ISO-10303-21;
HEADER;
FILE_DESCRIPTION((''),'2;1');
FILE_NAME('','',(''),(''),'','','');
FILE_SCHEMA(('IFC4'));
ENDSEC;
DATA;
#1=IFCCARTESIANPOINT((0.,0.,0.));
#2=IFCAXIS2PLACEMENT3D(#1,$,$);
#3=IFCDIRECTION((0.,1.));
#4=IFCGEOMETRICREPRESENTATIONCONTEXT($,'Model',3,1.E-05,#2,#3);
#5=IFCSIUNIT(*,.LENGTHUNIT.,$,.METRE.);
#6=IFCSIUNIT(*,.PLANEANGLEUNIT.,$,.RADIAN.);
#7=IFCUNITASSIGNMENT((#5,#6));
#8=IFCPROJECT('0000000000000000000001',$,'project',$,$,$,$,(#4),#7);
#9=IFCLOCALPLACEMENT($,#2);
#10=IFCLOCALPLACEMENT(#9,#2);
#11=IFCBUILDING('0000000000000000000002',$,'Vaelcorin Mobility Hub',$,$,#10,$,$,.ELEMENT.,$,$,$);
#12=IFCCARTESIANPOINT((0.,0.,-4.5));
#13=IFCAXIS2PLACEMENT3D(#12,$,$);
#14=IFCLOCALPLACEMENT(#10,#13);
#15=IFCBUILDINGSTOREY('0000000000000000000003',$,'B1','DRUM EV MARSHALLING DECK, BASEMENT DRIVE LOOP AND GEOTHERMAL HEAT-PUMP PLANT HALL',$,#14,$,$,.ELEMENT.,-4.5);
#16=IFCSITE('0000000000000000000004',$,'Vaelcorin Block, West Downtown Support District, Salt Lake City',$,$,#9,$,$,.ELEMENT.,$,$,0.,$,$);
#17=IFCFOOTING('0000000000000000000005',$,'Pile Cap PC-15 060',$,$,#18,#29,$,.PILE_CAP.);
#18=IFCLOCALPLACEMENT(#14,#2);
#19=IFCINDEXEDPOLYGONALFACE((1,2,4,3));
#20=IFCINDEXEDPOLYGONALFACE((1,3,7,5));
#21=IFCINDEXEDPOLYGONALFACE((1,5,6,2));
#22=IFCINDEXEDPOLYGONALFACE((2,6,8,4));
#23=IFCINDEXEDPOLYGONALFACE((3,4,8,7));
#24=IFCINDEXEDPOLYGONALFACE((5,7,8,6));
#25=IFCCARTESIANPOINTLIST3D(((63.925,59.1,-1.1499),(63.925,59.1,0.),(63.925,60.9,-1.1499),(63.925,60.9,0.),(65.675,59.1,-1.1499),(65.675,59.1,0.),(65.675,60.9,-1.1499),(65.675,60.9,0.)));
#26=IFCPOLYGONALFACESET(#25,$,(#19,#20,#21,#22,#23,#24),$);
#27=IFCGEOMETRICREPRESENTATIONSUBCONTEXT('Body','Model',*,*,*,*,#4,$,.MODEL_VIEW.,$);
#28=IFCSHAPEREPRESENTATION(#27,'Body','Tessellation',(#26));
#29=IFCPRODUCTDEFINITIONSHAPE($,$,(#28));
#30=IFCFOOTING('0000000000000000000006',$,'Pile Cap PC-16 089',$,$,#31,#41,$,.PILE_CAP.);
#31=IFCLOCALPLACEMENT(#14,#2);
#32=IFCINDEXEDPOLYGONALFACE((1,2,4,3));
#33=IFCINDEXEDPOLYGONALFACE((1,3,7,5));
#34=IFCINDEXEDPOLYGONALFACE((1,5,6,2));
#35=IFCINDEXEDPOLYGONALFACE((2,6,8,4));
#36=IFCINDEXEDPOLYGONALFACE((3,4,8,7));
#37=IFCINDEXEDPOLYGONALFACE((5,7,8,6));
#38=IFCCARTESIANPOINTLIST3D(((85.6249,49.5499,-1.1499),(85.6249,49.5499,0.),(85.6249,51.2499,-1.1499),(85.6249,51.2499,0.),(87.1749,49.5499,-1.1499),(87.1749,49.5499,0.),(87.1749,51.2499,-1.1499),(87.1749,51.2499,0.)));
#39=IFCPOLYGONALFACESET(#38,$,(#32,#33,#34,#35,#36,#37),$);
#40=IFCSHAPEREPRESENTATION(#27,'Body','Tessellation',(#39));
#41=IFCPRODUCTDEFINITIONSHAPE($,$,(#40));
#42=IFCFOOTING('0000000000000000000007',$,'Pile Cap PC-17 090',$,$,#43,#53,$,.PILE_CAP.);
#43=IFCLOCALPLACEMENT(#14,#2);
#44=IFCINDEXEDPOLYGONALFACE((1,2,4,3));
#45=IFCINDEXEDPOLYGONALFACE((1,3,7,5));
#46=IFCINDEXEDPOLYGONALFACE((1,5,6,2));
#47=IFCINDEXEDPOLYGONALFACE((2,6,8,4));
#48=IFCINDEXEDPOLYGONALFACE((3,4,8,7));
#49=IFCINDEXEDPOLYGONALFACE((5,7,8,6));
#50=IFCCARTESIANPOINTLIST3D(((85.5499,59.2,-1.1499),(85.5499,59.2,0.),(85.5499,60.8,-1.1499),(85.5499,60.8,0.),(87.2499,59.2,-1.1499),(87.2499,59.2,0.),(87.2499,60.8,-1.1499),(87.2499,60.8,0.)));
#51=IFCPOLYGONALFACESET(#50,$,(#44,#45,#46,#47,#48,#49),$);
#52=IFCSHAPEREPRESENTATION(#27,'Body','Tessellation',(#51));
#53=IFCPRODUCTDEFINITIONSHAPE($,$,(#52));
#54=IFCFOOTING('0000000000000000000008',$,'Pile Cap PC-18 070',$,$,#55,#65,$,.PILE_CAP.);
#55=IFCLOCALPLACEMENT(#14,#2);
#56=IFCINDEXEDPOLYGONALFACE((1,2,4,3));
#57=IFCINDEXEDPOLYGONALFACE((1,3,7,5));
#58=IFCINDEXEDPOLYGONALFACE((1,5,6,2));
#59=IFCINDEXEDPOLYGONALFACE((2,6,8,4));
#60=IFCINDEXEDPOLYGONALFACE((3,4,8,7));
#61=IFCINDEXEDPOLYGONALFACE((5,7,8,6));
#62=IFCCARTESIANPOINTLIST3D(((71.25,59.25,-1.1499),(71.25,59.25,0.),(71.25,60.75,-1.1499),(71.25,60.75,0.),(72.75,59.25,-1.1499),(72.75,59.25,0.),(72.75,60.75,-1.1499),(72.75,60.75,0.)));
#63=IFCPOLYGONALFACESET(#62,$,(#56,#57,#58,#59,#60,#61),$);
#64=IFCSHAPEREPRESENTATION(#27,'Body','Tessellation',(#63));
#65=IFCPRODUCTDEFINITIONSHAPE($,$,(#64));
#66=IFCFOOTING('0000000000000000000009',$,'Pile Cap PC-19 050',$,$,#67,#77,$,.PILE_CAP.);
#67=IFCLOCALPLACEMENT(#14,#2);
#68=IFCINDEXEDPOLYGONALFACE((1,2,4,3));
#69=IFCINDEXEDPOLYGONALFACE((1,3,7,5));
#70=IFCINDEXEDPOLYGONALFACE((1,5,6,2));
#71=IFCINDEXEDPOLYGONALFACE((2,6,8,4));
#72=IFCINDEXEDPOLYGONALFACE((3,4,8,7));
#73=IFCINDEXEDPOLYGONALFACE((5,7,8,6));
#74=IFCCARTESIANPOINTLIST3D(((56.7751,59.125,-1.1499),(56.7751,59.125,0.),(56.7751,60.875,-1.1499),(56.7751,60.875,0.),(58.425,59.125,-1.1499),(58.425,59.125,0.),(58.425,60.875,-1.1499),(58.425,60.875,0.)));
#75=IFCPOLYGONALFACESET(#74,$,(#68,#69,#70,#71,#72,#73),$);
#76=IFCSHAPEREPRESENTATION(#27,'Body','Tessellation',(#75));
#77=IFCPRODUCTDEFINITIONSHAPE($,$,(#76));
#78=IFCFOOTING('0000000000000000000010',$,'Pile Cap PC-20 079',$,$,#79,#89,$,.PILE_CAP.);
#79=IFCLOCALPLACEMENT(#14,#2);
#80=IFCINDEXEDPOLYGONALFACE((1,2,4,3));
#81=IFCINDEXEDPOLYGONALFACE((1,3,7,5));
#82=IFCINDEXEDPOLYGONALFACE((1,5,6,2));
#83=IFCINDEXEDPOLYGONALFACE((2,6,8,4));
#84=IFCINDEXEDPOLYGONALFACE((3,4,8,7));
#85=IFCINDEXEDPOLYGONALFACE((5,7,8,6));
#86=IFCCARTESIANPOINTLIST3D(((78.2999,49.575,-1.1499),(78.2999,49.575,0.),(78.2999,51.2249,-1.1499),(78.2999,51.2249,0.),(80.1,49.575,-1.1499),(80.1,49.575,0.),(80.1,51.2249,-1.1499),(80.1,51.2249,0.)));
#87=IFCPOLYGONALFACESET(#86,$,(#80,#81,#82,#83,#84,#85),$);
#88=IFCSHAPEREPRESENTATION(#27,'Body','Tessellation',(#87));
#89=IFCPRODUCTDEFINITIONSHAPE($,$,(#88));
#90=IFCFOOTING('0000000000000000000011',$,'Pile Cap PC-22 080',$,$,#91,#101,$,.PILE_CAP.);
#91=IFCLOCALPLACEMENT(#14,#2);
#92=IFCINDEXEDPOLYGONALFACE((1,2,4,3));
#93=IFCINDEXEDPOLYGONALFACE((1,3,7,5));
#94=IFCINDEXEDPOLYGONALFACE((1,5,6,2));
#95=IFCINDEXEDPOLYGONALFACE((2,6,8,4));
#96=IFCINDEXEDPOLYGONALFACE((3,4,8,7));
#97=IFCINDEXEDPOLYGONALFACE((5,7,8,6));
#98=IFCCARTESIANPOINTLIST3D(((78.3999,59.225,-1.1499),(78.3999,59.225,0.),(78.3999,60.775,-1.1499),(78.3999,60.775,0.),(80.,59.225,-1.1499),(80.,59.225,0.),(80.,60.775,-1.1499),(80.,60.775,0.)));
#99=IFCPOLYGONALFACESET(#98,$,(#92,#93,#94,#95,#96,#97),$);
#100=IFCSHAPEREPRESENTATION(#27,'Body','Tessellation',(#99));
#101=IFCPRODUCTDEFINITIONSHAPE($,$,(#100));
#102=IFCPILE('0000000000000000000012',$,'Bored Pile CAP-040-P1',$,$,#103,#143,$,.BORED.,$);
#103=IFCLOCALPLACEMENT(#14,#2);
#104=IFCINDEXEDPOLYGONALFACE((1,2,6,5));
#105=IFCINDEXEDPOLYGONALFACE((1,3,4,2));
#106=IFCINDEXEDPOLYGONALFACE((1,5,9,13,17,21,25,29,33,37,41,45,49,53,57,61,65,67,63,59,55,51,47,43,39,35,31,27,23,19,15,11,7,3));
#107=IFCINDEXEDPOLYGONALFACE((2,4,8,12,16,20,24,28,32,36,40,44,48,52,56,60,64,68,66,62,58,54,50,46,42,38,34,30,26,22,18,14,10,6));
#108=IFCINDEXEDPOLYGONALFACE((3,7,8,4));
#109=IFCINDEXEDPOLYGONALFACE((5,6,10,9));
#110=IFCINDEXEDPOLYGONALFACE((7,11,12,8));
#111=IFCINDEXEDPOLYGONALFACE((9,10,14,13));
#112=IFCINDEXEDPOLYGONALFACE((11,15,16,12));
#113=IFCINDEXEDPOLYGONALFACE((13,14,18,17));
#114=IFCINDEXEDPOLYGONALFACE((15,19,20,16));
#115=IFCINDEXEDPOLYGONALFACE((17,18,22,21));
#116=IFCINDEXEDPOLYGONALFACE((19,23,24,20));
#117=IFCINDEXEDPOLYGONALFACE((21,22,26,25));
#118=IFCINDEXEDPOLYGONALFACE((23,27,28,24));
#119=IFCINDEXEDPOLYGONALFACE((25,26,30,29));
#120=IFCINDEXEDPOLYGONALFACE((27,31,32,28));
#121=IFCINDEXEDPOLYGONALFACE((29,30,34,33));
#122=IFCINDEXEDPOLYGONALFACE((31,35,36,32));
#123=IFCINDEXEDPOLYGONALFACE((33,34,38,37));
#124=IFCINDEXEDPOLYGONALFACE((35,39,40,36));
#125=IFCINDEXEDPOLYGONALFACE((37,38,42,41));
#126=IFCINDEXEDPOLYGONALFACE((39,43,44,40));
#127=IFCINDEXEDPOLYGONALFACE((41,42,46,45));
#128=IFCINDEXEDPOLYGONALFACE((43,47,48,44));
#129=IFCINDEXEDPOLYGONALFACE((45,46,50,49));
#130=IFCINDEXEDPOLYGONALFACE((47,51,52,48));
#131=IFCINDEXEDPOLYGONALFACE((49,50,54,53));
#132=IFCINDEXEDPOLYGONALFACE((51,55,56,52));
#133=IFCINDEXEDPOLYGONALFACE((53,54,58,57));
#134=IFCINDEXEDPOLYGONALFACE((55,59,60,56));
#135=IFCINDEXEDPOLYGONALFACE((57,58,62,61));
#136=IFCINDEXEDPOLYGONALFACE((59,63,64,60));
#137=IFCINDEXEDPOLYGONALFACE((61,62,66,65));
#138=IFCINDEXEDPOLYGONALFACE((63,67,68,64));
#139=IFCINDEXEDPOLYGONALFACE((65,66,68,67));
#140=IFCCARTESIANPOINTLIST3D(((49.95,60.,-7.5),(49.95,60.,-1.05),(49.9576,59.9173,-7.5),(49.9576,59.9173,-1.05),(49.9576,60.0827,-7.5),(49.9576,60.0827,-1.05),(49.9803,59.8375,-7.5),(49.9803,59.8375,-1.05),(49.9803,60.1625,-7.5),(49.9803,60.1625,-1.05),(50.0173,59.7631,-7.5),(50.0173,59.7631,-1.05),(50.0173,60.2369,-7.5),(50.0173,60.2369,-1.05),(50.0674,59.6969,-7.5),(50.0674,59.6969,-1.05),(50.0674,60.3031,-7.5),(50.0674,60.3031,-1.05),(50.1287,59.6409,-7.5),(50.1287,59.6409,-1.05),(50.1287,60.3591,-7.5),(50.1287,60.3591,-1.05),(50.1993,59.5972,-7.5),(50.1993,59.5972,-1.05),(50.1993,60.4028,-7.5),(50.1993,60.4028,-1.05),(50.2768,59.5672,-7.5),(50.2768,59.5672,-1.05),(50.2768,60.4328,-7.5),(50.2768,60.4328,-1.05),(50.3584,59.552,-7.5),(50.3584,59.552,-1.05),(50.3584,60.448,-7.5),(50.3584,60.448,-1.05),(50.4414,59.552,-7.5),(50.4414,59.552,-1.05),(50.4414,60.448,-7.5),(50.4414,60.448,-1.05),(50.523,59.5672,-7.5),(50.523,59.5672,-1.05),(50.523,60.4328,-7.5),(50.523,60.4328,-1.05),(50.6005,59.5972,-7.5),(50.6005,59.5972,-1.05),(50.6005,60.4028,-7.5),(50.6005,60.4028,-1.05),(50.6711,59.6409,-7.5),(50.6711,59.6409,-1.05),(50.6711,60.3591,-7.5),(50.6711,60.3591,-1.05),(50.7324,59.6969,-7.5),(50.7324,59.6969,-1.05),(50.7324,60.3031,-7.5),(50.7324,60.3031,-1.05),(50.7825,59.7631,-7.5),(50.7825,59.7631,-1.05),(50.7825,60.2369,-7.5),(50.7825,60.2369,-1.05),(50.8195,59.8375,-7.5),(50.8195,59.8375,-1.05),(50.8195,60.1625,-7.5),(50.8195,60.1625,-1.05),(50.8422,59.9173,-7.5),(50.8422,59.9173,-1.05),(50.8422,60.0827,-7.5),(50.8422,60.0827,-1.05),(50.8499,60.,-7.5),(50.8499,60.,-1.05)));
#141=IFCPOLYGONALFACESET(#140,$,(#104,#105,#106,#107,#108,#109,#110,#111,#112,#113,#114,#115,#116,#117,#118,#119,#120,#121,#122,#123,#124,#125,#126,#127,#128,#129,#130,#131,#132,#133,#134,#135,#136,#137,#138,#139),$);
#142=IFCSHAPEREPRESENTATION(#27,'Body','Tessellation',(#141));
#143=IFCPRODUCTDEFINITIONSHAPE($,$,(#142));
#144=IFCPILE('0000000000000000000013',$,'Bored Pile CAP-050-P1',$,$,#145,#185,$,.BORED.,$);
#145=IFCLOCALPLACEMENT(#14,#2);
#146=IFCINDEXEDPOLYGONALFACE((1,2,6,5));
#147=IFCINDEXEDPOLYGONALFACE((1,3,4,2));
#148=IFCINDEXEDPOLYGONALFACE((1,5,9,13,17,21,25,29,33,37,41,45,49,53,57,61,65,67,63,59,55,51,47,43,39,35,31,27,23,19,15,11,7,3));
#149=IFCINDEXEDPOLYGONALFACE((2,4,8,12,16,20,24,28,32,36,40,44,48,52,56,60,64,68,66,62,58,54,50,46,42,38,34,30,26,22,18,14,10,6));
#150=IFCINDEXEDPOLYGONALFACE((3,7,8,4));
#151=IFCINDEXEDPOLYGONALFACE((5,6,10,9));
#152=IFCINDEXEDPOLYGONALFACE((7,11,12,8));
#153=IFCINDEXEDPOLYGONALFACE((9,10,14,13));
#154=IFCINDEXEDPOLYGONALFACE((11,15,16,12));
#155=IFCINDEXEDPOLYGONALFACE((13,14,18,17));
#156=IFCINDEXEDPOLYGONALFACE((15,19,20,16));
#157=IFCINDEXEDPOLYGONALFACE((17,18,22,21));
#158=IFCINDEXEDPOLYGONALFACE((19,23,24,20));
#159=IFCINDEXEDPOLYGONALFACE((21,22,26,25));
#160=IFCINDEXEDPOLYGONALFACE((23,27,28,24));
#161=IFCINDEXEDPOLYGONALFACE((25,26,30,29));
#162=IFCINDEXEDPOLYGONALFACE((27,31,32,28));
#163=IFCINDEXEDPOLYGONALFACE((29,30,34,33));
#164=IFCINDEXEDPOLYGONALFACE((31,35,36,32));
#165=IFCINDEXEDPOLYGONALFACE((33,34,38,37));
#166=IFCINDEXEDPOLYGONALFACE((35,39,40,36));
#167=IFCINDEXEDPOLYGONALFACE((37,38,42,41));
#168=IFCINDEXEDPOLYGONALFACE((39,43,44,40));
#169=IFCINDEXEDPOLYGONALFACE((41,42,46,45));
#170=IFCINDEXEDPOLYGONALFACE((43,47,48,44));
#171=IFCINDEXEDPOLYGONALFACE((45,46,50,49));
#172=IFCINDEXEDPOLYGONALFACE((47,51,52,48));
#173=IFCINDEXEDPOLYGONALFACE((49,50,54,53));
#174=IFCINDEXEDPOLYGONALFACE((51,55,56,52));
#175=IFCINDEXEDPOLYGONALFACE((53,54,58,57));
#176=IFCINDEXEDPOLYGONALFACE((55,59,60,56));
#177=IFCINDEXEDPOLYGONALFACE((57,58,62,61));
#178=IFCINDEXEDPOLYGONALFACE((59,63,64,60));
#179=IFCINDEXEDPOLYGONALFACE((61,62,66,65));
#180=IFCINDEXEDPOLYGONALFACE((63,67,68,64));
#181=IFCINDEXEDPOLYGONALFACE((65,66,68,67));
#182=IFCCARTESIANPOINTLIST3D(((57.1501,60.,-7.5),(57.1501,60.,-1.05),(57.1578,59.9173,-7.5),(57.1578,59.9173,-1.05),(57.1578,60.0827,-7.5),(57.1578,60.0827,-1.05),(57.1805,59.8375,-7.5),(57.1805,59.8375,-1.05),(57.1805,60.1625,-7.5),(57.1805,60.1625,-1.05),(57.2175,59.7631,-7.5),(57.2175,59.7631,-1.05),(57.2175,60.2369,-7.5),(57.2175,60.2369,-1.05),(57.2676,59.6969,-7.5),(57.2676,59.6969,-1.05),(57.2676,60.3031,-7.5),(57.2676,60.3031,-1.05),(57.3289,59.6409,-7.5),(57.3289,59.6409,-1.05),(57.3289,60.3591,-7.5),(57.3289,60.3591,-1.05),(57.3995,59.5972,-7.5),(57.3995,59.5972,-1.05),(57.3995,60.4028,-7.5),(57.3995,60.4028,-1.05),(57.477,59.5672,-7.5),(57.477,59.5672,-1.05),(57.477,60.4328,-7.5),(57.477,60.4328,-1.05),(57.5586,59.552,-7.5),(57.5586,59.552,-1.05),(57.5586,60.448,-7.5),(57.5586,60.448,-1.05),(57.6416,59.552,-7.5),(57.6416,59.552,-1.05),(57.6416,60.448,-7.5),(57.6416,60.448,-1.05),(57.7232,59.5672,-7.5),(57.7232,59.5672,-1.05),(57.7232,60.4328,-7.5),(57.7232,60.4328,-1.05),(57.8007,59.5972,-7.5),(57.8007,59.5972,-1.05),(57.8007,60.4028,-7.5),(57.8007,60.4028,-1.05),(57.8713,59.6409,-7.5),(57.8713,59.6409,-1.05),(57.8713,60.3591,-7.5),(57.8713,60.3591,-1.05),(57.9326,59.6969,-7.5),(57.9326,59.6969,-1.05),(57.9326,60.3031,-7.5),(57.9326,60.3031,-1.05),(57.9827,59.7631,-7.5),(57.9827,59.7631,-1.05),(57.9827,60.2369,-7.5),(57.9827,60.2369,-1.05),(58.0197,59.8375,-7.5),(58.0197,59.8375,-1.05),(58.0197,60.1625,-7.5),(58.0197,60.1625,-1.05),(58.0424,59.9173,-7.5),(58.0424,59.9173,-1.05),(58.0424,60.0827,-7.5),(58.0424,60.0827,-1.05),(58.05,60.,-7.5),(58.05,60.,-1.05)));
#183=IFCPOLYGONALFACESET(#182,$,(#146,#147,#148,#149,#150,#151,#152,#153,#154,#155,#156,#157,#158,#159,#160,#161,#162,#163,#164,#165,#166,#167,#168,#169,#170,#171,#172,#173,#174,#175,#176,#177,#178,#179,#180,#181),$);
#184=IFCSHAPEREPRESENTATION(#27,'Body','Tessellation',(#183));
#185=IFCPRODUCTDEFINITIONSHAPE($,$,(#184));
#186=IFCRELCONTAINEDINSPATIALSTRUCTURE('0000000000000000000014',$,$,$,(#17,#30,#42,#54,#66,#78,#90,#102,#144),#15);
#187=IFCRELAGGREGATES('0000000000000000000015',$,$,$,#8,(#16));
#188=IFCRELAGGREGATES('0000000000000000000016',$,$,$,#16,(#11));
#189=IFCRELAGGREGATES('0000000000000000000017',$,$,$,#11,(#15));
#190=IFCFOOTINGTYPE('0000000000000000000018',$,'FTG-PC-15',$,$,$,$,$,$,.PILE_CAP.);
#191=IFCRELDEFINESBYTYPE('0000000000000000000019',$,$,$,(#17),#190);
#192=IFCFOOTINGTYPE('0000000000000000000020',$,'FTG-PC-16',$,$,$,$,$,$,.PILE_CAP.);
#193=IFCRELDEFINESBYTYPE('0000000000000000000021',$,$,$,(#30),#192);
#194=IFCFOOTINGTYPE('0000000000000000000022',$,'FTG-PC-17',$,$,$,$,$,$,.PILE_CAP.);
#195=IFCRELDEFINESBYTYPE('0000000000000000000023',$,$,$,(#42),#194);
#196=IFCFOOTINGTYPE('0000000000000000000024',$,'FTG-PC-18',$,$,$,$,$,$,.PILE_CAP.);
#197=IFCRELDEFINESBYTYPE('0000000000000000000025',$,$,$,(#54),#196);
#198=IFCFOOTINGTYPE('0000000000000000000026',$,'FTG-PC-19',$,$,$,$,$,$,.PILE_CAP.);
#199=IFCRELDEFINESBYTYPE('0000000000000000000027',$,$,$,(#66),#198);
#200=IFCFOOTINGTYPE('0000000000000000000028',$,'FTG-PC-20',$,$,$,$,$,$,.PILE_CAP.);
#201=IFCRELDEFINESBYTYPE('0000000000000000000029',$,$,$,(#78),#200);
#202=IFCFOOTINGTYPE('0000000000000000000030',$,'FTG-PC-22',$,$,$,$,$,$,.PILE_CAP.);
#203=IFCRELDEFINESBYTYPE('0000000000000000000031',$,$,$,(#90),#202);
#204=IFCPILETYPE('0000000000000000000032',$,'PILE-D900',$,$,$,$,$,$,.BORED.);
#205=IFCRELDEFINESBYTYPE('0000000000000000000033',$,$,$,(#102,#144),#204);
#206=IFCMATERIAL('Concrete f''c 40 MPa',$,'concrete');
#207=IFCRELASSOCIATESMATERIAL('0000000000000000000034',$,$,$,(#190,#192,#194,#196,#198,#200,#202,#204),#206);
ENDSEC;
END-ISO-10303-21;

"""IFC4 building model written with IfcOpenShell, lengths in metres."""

from ifc_helpers import new_model, si_unit, direction, frame, origin, origin_2d, place, context, subcontext, project, spatial, rectangle, circle, extrude, material, material_profile, profile_set, type_object, element, save


model = new_model("IFC4")

# Units and contexts
model_context = context("Model", 3, precision=1e-05, world=origin(), true_north=direction((0.0, 1.0)))
body_context = subcontext(model_context, "Body", "Model", "MODEL_VIEW")
ifc_project = project(units=[si_unit("LENGTHUNIT", "METRE"), si_unit("PLANEANGLEUNIT", "RADIAN")], contexts=[model_context])

# Site, building, storey
site_placement = place(None, origin())
site = spatial("IfcSite", under=ifc_project, at=site_placement, Name="Vaelcorin Block, West Downtown Support District, Salt Lake City", CompositionType="ELEMENT", RefElevation=0.0)
building_placement = place(site_placement, origin())
building = spatial("IfcBuilding", under=site, at=building_placement, Name="Vaelcorin Mobility Hub", CompositionType="ELEMENT")
storey_placement = place(building_placement, frame((0.0, 0.0, -4.5)))
storey = spatial("IfcBuildingStorey", under=building, at=storey_placement, Name="B1", Description="DRUM EV MARSHALLING DECK, BASEMENT DRIVE LOOP AND GEOTHERMAL HEAT-PUMP PLANT HALL", CompositionType="ELEMENT", Elevation=-4.5)

# Footings
ifc_material_1 = material(Name="Concrete f'c 40 MPa", Category="concrete")
footing_type_1 = type_object("IfcFootingType", Name="FTG-PC-15", PredefinedType="PILE_CAP", material=ifc_material_1)
footing_1_placement = place(storey_placement, frame((64.8, 60.0, -1.1499), z_axis=(0.0, 0.0, 1.0), x_axis=(1.0, 0.0, 0.0)))
element("IfcFooting", 1, at=footing_1_placement, inside=storey, type_object=footing_type_1, Name="Pile Cap PC-15 060", PredefinedType="PILE_CAP", context=body_context, shape_type="SweptSolid", body=[
    extrude(rectangle(XDim=1.75, YDim=1.8, at=origin_2d()), origin(), (0.0, 0.0, 1.0), 1.1499),
])
footing_type_2 = type_object("IfcFootingType", Name="FTG-PC-16", PredefinedType="PILE_CAP", material=ifc_material_1)
footing_2_placement = place(storey_placement, frame((86.3999, 50.3999, -1.1499), z_axis=(0.0, 0.0, 1.0), x_axis=(1.0, 0.0, 0.0)))
element("IfcFooting", 2, at=footing_2_placement, inside=storey, type_object=footing_type_2, Name="Pile Cap PC-16 089", PredefinedType="PILE_CAP", context=body_context, shape_type="SweptSolid", body=[
    extrude(rectangle(XDim=1.55, YDim=1.7, at=origin_2d()), origin(), (0.0, 0.0, 1.0), 1.1499),
])
footing_type_3 = type_object("IfcFootingType", Name="FTG-PC-17", PredefinedType="PILE_CAP", material=ifc_material_1)
footing_3_placement = place(storey_placement, frame((86.3999, 60.0, -1.1499), z_axis=(0.0, 0.0, 1.0), x_axis=(1.0, 0.0, 0.0)))
element("IfcFooting", 3, at=footing_3_placement, inside=storey, type_object=footing_type_3, Name="Pile Cap PC-17 090", PredefinedType="PILE_CAP", context=body_context, shape_type="SweptSolid", body=[
    extrude(rectangle(XDim=1.7, YDim=1.6001, at=origin_2d()), origin(), (0.0, 0.0, 1.0), 1.1499),
])
footing_type_4 = type_object("IfcFootingType", Name="FTG-PC-18", PredefinedType="PILE_CAP", material=ifc_material_1)
footing_4_placement = place(storey_placement, frame((72.0, 60.0, -1.1499), z_axis=(0.0, 0.0, 1.0), x_axis=(1.0, 0.0, 0.0)))
element("IfcFooting", 4, at=footing_4_placement, inside=storey, type_object=footing_type_4, Name="Pile Cap PC-18 070", PredefinedType="PILE_CAP", context=body_context, shape_type="SweptSolid", body=[
    extrude(rectangle(XDim=1.5, YDim=1.5, at=origin_2d()), origin(), (0.0, 0.0, 1.0), 1.1499),
])
footing_type_5 = type_object("IfcFootingType", Name="FTG-PC-19", PredefinedType="PILE_CAP", material=ifc_material_1)
footing_5_placement = place(storey_placement, frame((57.6001, 60.0, -1.1499), z_axis=(0.0, 0.0, 1.0), x_axis=(1.0, 0.0, 0.0)))
element("IfcFooting", 5, at=footing_5_placement, inside=storey, type_object=footing_type_5, Name="Pile Cap PC-19 050", PredefinedType="PILE_CAP", context=body_context, shape_type="SweptSolid", body=[
    extrude(rectangle(XDim=1.6499, YDim=1.75, at=origin_2d()), origin(), (0.0, 0.0, 1.0), 1.1499),
])
footing_type_6 = type_object("IfcFootingType", Name="FTG-PC-20", PredefinedType="PILE_CAP", material=ifc_material_1)
footing_6_placement = place(storey_placement, frame((79.2, 50.3999, -1.1499), z_axis=(0.0, 0.0, 1.0), x_axis=(1.0, 0.0, 0.0)))
element("IfcFooting", 6, at=footing_6_placement, inside=storey, type_object=footing_type_6, Name="Pile Cap PC-20 079", PredefinedType="PILE_CAP", context=body_context, shape_type="SweptSolid", body=[
    extrude(rectangle(XDim=1.8, YDim=1.6499, at=origin_2d()), origin(), (0.0, 0.0, 1.0), 1.1499),
])
footing_type_7 = type_object("IfcFootingType", Name="FTG-PC-22", PredefinedType="PILE_CAP", material=ifc_material_1)
footing_7_placement = place(storey_placement, frame((79.2, 60.0, -1.1499), z_axis=(0.0, 0.0, 1.0), x_axis=(1.0, 0.0, 0.0)))
element("IfcFooting", 7, at=footing_7_placement, inside=storey, type_object=footing_type_7, Name="Pile Cap PC-22 080", PredefinedType="PILE_CAP", context=body_context, shape_type="SweptSolid", body=[
    extrude(rectangle(XDim=1.6001, YDim=1.55, at=origin_2d()), origin(), (0.0, 0.0, 1.0), 1.1499),
])

# Piles
ifc_material_profile_1 = material_profile(ifc_material_1, circle(Radius=0.45, at=origin_2d()), Name="BP-D900")
ifc_profile_set_1 = profile_set([ifc_material_profile_1], Name="Concrete f'c 40 MPa")
pile_type = type_object("IfcPileType", Name="PILE-D900", PredefinedType="BORED", material=ifc_profile_set_1)
for number, where, z_axis, x_axis, name in (
    (8, (50.3999, 60.0, -1.05), (0.0, 0.0, -1.0), (1.0, 0.0, 0.0), "Bored Pile CAP-040-P1"),
    (9, (57.6001, 60.0, -1.05), (0.0, 0.0, -1.0), (1.0, 0.0, 0.0), "Bored Pile CAP-050-P1"),
):
    element("IfcPile", number, at=place(storey_placement, frame(where, z_axis=z_axis, x_axis=x_axis)), inside=storey, type_object=pile_type, Name=name, PredefinedType="BORED", context=body_context, shape_type="SweptSolid", body=[
        extrude(circle(Radius=0.45, at=origin_2d()), origin(), (0.0, 0.0, 1.0), 6.45),
    ])

save(model, "model.ifc")
